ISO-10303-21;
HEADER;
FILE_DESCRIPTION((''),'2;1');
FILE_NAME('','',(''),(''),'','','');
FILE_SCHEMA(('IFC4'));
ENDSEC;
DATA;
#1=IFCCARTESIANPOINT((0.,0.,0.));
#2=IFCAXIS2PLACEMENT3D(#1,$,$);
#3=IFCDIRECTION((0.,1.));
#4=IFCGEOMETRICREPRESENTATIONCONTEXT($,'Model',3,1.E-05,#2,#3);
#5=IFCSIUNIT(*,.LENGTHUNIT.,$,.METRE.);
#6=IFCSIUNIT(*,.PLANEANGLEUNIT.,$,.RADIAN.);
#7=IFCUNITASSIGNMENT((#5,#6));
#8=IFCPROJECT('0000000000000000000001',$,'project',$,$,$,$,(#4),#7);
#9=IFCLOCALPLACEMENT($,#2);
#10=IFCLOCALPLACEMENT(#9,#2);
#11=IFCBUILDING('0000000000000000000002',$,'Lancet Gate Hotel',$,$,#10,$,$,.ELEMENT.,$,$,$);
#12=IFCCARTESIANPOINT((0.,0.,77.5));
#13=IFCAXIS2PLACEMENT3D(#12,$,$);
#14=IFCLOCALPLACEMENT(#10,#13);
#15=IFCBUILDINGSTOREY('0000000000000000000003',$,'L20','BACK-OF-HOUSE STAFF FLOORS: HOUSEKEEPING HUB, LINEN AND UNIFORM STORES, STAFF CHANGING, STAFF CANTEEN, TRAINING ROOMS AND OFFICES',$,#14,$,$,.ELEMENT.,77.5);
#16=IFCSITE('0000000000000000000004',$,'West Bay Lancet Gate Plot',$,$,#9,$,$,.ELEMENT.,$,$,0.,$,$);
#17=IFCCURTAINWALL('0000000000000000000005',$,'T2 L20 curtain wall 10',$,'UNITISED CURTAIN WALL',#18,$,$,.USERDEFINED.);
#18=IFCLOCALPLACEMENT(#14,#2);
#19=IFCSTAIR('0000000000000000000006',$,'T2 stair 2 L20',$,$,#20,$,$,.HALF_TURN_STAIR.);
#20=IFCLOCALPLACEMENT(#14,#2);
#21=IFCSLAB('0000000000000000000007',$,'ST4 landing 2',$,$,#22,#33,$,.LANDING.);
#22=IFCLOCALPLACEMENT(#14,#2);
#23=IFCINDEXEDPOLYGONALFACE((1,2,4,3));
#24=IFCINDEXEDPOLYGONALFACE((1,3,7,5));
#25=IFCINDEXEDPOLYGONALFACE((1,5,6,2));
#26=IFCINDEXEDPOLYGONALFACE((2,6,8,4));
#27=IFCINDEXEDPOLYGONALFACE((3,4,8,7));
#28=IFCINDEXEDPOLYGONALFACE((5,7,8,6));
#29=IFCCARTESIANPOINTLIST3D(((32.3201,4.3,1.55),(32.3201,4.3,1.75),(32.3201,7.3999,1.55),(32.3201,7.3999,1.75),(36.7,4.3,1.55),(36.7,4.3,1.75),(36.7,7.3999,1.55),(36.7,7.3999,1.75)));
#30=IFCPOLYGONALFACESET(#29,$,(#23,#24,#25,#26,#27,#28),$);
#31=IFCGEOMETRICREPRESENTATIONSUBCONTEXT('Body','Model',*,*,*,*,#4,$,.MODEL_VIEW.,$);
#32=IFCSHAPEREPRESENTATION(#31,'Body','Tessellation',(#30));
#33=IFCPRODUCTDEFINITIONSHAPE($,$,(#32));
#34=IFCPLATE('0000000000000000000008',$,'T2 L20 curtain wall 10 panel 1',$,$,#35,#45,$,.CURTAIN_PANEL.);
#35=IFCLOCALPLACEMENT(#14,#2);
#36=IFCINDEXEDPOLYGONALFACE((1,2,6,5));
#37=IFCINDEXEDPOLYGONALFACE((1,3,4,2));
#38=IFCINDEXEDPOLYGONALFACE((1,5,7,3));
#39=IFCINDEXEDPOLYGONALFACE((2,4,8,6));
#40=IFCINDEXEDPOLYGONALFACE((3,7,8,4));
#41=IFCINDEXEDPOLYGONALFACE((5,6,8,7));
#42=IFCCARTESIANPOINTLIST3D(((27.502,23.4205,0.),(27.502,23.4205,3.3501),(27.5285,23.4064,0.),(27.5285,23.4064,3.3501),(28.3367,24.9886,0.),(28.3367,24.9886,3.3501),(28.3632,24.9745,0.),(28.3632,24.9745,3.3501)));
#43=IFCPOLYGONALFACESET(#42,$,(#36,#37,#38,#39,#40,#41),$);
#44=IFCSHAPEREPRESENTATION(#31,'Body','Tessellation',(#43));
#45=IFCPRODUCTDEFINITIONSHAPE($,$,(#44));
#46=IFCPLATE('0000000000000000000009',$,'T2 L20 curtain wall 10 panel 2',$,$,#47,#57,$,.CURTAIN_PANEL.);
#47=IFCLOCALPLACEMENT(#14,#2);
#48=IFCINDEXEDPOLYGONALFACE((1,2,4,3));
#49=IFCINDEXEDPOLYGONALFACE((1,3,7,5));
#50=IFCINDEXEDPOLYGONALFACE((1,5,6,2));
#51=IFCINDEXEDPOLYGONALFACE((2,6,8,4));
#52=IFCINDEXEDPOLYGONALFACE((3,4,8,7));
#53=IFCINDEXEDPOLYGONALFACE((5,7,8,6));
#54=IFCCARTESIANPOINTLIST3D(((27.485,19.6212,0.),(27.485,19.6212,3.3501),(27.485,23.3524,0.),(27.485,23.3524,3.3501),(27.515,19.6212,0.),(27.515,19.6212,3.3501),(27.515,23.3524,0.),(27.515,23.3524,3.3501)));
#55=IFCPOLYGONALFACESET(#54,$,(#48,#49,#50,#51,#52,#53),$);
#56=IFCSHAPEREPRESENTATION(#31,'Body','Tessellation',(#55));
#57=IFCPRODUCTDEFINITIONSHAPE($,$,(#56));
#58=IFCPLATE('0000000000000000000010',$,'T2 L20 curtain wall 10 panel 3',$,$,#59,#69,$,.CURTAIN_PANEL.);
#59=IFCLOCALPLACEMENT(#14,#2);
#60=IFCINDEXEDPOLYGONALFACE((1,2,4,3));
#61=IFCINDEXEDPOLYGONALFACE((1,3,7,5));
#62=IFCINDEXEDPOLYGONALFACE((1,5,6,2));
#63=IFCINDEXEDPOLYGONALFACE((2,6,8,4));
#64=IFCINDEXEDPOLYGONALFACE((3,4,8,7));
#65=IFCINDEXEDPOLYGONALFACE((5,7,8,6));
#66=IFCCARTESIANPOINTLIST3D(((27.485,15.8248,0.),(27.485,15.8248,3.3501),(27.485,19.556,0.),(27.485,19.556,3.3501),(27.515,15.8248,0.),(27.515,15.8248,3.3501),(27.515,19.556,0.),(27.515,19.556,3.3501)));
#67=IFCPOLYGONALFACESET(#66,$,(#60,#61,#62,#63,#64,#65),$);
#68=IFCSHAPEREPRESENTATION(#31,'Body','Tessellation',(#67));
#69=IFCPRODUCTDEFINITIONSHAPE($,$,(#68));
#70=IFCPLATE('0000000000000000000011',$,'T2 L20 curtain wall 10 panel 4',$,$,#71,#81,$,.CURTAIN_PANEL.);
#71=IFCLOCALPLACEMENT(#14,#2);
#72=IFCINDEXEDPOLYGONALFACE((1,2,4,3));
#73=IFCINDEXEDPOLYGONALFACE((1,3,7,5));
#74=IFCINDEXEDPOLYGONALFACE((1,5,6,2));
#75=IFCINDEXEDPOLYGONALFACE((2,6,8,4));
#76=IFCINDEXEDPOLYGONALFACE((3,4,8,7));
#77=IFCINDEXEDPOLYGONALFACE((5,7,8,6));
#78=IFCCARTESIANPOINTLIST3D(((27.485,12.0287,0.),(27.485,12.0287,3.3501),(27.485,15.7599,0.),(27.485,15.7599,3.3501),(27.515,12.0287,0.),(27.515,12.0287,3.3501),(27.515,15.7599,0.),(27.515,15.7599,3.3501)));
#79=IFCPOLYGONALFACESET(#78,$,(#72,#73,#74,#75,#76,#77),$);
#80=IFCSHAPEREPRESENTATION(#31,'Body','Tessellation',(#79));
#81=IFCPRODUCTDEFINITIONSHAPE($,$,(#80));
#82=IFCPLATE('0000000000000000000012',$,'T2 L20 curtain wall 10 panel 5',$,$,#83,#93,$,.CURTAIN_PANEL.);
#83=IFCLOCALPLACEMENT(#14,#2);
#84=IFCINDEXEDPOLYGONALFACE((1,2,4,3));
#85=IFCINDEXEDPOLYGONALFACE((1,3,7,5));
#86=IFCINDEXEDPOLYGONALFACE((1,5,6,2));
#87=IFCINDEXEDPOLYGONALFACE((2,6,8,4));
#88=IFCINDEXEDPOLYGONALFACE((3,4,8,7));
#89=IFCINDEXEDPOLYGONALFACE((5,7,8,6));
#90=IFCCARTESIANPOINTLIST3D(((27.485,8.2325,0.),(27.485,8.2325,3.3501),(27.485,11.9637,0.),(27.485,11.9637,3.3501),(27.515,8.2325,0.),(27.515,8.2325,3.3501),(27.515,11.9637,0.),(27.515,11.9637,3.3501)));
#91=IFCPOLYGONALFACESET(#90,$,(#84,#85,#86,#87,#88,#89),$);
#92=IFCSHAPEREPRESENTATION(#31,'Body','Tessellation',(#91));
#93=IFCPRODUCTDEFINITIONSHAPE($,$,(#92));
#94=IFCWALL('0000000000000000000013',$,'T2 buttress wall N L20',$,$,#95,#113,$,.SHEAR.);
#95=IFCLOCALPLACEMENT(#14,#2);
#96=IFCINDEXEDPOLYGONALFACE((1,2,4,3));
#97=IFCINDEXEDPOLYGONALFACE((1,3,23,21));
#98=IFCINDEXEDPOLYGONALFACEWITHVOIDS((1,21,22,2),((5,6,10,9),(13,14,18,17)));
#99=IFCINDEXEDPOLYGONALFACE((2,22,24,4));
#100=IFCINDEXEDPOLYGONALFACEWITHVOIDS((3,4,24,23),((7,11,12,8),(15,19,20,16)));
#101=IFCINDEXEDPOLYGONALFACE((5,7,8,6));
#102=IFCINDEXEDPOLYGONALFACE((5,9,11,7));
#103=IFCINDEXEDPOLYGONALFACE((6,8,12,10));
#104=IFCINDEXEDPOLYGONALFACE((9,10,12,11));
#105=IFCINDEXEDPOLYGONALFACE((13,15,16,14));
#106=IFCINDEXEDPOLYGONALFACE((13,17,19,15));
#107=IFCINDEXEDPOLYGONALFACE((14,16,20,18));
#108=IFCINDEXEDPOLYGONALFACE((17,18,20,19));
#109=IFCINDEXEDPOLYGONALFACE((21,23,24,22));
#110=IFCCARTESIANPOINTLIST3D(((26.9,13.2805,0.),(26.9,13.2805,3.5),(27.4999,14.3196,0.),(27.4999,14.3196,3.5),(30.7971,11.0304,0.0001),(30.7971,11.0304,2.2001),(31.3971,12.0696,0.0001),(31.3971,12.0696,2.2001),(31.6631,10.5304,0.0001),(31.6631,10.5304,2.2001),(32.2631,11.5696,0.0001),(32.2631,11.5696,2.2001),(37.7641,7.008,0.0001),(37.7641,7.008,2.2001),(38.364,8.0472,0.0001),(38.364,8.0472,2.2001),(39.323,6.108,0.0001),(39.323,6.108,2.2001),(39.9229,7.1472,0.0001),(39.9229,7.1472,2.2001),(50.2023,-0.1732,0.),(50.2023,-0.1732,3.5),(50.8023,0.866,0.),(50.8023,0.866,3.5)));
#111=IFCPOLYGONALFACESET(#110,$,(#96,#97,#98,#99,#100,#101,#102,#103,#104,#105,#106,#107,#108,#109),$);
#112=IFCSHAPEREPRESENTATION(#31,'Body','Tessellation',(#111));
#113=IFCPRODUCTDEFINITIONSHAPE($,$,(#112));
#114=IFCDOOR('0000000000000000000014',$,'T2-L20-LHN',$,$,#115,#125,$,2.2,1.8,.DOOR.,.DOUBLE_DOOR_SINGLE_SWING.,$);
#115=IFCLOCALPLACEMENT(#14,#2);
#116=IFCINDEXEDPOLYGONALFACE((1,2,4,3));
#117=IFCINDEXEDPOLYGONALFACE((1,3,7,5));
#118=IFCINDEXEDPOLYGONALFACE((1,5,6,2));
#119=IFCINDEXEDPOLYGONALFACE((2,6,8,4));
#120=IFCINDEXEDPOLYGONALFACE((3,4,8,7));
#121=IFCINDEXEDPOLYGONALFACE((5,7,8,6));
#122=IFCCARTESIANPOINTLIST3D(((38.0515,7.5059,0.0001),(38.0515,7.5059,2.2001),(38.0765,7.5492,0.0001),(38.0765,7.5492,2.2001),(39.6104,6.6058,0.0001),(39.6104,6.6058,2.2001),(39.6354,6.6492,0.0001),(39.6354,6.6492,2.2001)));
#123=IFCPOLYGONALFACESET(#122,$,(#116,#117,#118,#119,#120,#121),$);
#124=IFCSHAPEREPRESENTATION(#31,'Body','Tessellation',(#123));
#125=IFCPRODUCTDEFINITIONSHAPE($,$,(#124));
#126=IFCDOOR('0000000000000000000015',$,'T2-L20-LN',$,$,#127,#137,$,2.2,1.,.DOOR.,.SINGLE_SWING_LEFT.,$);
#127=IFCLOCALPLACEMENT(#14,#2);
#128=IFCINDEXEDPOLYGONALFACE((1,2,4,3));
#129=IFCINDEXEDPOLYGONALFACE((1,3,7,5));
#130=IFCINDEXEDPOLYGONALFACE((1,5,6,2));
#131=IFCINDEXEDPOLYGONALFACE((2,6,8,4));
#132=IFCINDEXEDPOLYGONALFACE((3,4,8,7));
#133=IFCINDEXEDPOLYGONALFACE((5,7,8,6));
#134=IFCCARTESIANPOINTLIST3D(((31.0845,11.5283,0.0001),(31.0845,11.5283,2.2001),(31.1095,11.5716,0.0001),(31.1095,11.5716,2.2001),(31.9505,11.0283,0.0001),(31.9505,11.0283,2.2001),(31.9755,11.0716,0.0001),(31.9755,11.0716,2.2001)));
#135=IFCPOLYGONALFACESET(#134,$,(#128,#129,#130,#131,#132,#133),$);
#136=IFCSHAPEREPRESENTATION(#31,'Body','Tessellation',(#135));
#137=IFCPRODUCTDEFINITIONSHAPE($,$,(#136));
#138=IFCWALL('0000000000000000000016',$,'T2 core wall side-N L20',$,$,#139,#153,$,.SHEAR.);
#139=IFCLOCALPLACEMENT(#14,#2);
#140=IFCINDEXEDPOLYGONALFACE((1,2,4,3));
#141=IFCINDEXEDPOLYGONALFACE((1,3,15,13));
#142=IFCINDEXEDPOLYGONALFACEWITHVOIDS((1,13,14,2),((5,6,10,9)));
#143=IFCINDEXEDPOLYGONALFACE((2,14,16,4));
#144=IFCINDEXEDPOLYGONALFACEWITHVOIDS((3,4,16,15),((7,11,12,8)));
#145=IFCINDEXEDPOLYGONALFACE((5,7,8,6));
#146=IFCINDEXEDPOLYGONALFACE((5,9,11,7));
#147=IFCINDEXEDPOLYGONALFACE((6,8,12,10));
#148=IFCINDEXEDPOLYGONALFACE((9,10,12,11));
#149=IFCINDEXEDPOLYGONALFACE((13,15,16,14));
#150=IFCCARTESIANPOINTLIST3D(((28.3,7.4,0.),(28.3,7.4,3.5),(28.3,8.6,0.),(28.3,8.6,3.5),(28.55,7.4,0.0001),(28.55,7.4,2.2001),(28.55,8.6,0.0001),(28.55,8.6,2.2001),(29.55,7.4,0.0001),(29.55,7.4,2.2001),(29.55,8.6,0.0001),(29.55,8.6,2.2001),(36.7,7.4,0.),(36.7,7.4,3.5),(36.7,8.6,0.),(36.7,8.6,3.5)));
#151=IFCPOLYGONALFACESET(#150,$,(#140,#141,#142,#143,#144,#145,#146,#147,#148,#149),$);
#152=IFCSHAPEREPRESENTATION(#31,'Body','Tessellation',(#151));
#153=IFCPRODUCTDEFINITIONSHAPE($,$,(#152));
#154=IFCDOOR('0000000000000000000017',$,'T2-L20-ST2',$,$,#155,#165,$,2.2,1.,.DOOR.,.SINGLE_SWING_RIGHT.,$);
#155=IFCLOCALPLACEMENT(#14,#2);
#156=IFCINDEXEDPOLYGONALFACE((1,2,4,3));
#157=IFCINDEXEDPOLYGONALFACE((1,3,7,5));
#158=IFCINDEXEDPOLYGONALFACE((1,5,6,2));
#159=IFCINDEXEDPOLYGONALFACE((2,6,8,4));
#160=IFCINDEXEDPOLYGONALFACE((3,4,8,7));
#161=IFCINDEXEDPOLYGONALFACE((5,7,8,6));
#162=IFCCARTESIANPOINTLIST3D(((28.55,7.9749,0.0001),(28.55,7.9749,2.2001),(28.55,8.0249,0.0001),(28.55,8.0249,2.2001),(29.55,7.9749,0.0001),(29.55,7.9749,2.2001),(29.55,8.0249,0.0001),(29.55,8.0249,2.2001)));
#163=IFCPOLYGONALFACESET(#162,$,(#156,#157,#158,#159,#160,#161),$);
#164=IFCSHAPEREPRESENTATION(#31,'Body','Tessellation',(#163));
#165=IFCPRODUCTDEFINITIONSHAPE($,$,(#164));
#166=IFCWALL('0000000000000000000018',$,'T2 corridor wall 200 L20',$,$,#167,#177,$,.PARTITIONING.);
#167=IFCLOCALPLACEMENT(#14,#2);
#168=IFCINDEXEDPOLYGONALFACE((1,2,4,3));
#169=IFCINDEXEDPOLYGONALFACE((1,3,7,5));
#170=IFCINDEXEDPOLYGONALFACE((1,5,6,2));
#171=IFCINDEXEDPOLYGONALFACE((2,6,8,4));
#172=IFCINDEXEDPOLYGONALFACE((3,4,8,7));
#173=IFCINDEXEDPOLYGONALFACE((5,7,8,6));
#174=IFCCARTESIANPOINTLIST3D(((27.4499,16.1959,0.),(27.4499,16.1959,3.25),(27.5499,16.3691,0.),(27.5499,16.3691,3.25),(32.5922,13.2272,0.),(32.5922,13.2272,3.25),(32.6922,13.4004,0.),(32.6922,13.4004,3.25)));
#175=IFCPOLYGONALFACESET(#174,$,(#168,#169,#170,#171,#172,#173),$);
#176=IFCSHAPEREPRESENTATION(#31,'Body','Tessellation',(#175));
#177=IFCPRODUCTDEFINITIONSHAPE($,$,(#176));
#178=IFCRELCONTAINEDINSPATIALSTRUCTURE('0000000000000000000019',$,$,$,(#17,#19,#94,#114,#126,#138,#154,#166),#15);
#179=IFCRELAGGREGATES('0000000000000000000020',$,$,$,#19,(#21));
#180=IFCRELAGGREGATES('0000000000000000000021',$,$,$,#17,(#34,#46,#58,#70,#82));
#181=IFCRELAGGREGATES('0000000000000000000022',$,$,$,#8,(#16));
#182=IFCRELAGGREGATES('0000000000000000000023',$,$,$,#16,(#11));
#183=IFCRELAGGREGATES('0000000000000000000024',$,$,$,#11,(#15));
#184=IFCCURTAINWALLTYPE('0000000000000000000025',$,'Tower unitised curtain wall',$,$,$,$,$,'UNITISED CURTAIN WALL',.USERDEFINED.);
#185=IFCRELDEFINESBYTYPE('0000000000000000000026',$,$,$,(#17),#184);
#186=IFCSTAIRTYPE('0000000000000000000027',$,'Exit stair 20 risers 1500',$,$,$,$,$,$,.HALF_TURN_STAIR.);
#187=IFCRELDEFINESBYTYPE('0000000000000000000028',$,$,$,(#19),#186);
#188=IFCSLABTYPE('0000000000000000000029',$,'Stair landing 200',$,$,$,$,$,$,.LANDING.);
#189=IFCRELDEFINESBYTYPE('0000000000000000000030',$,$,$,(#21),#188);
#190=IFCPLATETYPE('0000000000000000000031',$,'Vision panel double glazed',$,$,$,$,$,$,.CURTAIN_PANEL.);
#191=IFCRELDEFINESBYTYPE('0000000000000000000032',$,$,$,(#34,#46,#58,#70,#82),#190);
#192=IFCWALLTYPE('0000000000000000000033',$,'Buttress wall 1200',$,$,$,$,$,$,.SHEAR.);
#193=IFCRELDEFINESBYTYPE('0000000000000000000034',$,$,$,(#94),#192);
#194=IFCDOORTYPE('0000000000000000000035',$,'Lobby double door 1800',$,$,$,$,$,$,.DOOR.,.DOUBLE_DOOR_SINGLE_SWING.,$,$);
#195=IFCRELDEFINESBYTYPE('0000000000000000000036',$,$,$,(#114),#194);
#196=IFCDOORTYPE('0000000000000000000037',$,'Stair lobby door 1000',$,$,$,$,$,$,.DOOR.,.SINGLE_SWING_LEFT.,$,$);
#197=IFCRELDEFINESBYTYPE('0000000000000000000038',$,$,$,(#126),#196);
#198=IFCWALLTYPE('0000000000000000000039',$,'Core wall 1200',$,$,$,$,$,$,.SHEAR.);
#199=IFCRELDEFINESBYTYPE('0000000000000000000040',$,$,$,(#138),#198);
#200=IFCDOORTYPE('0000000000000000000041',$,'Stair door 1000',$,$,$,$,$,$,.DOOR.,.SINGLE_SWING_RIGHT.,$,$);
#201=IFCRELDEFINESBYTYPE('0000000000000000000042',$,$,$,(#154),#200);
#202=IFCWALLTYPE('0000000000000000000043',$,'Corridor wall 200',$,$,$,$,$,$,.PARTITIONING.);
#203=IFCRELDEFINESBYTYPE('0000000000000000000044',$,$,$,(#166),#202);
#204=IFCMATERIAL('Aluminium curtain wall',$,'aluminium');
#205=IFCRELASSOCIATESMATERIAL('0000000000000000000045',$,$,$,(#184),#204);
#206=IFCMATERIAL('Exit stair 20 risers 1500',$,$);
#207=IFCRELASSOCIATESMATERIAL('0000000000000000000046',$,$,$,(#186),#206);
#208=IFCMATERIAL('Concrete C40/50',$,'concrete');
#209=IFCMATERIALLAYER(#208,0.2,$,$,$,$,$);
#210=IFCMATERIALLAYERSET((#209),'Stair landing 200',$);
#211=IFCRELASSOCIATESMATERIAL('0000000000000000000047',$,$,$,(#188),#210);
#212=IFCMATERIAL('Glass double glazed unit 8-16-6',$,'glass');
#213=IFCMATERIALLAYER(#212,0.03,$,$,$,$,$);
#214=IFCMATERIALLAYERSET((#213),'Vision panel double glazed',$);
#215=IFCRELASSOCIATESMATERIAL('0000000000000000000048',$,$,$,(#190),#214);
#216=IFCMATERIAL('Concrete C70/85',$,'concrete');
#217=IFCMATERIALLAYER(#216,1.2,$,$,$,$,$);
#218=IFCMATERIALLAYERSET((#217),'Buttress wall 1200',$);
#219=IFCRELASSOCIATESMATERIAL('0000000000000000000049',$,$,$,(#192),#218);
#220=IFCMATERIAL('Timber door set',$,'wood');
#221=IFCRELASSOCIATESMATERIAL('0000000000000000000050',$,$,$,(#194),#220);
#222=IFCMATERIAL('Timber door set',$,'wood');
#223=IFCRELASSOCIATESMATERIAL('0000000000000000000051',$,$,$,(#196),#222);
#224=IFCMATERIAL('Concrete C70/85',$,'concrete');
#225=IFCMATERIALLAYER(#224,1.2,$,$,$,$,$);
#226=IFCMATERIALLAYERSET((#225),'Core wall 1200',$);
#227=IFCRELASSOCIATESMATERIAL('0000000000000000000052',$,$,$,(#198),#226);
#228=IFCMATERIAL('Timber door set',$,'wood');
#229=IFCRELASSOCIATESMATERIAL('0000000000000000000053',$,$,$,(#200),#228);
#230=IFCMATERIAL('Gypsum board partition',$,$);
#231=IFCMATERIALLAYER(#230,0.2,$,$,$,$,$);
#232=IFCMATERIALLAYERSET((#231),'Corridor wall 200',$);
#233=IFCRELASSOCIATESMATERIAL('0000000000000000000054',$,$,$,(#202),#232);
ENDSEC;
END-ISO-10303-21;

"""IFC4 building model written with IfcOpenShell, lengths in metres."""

from ifc_helpers import new_model, si_unit, direction, frame, frame_2d, origin, origin_2d, place, context, subcontext, project, spatial, polyline, rectangle, outline, extrude, material, layer, layer_set, type_object, element, fill, aggregate, save


model = new_model("IFC4")

# Units and contexts
model_context = context("Model", 3, precision=1e-05, world=origin(), true_north=direction((0.0, 1.0)))
body_context = subcontext(model_context, "Body", "Model", "MODEL_VIEW")
ifc_project = project(units=[si_unit("LENGTHUNIT", "METRE"), si_unit("PLANEANGLEUNIT", "RADIAN")], contexts=[model_context])

# Site, building, storey
site_placement = place(None, origin())
site = spatial("IfcSite", under=ifc_project, at=site_placement, Name="West Bay Lancet Gate Plot", CompositionType="ELEMENT", RefElevation=0.0)
building_placement = place(site_placement, origin())
building = spatial("IfcBuilding", under=site, at=building_placement, Name="Lancet Gate Hotel", CompositionType="ELEMENT")
storey_placement = place(building_placement, frame((0.0, 0.0, 77.5)))
storey = spatial("IfcBuildingStorey", under=building, at=storey_placement, Name="L20", Description="BACK-OF-HOUSE STAFF FLOORS: HOUSEKEEPING HUB, LINEN AND UNIFORM STORES, STAFF CHANGING, STAFF CANTEEN, TRAINING ROOMS AND OFFICES", CompositionType="ELEMENT", Elevation=77.5)

# Curtain wall
ifc_material_1 = material(Name="Aluminium curtain wall", Category="aluminium")
curtain_wall_type = type_object("IfcCurtainWallType", Name="Tower unitised curtain wall", ElementType="UNITISED CURTAIN WALL", PredefinedType="USERDEFINED", material=ifc_material_1)
curtain_wall_placement = place(storey_placement, origin())
curtain_wall = element("IfcCurtainWall", 1, at=curtain_wall_placement, inside=storey, type_object=curtain_wall_type, Name="T2 L20 curtain wall 10", ObjectType="UNITISED CURTAIN WALL", PredefinedType="USERDEFINED")

# Shared definitions
ifc_material_2 = material(Name="Exit stair 20 risers 1500")
stair_type = type_object("IfcStairType", Name="Exit stair 20 risers 1500", PredefinedType="HALF_TURN_STAIR", material=ifc_material_2)
ifc_material_3 = material(Name="Concrete C40/50", Category="concrete")
ifc_layer_1 = layer(ifc_material_3, 0.2)
ifc_layer_set_1 = layer_set([ifc_layer_1], Name="Stair landing 200")
slab_type = type_object("IfcSlabType", Name="Stair landing 200", PredefinedType="LANDING", material=ifc_layer_set_1)

# Stair, slab
stair_1_placement = place(storey_placement, origin())
stair_1 = element("IfcStair", 2, at=stair_1_placement, inside=storey, type_object=stair_type, Name="T2 stair 2 L20", PredefinedType="HALF_TURN_STAIR")
slab_1_placement = place(storey_placement, frame((0.0, 0.0, 1.55)))
slab_1 = element("IfcSlab", 3, at=slab_1_placement, type_object=slab_type, Name="ST4 landing 2", PredefinedType="LANDING", context=body_context, shape_type="SweptSolid", body=[
    extrude(outline(polyline([(32.3201, 4.3), (36.7, 4.3), (36.7, 7.3999), (32.3201, 7.3999), (32.3201, 4.3)])), origin(), (0.0, 0.0, 1.0), 0.2),
])
aggregate(stair_1, [slab_1])

# Plates
ifc_material_4 = material(Name="Glass double glazed unit 8-16-6", Category="glass")
ifc_layer_2 = layer(ifc_material_4, 0.03)
ifc_layer_set_2 = layer_set([ifc_layer_2], Name="Vision panel double glazed")
plate_type = type_object("IfcPlateType", Name="Vision panel double glazed", PredefinedType="CURTAIN_PANEL", material=ifc_layer_set_2)
plate_1_placement = place(storey_placement, frame((27.9326, 24.1975, 0.0), z_axis=(0.0, 0.0, 1.0), x_axis=(-0.469898, -0.882721, 0.0)))
plate_1 = element("IfcPlate", 4, at=plate_1_placement, type_object=plate_type, Name="T2 L20 curtain wall 10 panel 1", PredefinedType="CURTAIN_PANEL", context=body_context, shape_type="SweptSolid", body=[
    extrude(rectangle(XDim=1.7764, YDim=0.03, at=origin_2d()), origin(), (0.0, 0.0, 1.0), 3.3501),
])
plate_2_placement = place(storey_placement, frame((27.5, 21.4868, 0.0), z_axis=(0.0, 0.0, 1.0), x_axis=(0.0, -1.0, 0.0)))
plate_2 = element("IfcPlate", 5, at=plate_2_placement, type_object=plate_type, Name="T2 L20 curtain wall 10 panel 2", PredefinedType="CURTAIN_PANEL", context=body_context, shape_type="SweptSolid", body=[
    extrude(rectangle(XDim=3.7312, YDim=0.03, at=origin_2d()), origin(), (0.0, 0.0, 1.0), 3.3501),
])
plate_3_placement = place(storey_placement, frame((27.5, 17.6904, 0.0), z_axis=(0.0, 0.0, 1.0), x_axis=(0.0, -1.0, 0.0)))
plate_3 = element("IfcPlate", 6, at=plate_3_placement, type_object=plate_type, Name="T2 L20 curtain wall 10 panel 3", PredefinedType="CURTAIN_PANEL", context=body_context, shape_type="SweptSolid", body=[
    extrude(rectangle(XDim=3.7312, YDim=0.03, at=origin_2d()), origin(), (0.0, 0.0, 1.0), 3.3501),
])
plate_4_placement = place(storey_placement, frame((27.5, 13.8943, 0.0), z_axis=(0.0, 0.0, 1.0), x_axis=(0.0, -1.0, 0.0)))
plate_4 = element("IfcPlate", 7, at=plate_4_placement, type_object=plate_type, Name="T2 L20 curtain wall 10 panel 4", PredefinedType="CURTAIN_PANEL", context=body_context, shape_type="SweptSolid", body=[
    extrude(rectangle(XDim=3.7312, YDim=0.03, at=origin_2d()), origin(), (0.0, 0.0, 1.0), 3.3501),
])
plate_5_placement = place(storey_placement, frame((27.5, 10.0981, 0.0), z_axis=(0.0, 0.0, 1.0), x_axis=(0.0, -1.0, 0.0)))
plate_5 = element("IfcPlate", 8, at=plate_5_placement, type_object=plate_type, Name="T2 L20 curtain wall 10 panel 5", PredefinedType="CURTAIN_PANEL", context=body_context, shape_type="SweptSolid", body=[
    extrude(rectangle(XDim=3.7312, YDim=0.03, at=origin_2d()), origin(), (0.0, 0.0, 1.0), 3.3501),
])
aggregate(curtain_wall, [plate_1, plate_2, plate_3, plate_4, plate_5])

# Wall, openings, doors
ifc_material_5 = material(Name="Concrete C70/85", Category="concrete")
ifc_layer_3 = layer(ifc_material_5, 1.2)
ifc_layer_set_3 = layer_set([ifc_layer_3], Name="Buttress wall 1200")
wall_type_1 = type_object("IfcWallType", Name="Buttress wall 1200", PredefinedType="SHEAR", material=ifc_layer_set_3)
wall_1_placement = place(storey_placement, frame((27.2, 13.8, 0.0), z_axis=(0.0, 0.0, 1.0), x_axis=(0.866025, -0.500002, 0.0)))
wall_1 = element("IfcWall", 9, at=wall_1_placement, inside=storey, type_object=wall_type_1, Name="T2 buttress wall N L20", PredefinedType="SHEAR", context=body_context, shape_type="SweptSolid", body=[
    extrude(rectangle(XDim=26.9072, YDim=1.2, at=frame_2d((13.4536, 0.0))), origin(), (0.0, 0.0, 1.0), 3.5),
])
opening_1_placement = place(wall_1_placement, frame((4.5, 0.0, 0.0)))
opening_1 = element("IfcOpeningElement", 10, at=opening_1_placement, cuts=wall_1, PredefinedType="OPENING", context=body_context, shape_type="SweptSolid", body=[
    extrude(rectangle(XDim=1.0, YDim=2.2, at=frame_2d((0.5, 1.1001))), frame((0.0, 0.6099, 0.0), z_axis=(0.0, -1.0, 0.0), x_axis=(1.0, 0.0, 0.0)), (0.0, 0.0, 1.0), 1.22),
])
opening_2_placement = place(wall_1_placement, frame((12.5449, 0.0, 0.0)))
opening_2 = element("IfcOpeningElement", 11, at=opening_2_placement, cuts=wall_1, PredefinedType="OPENING", context=body_context, shape_type="SweptSolid", body=[
    extrude(rectangle(XDim=1.8, YDim=2.2, at=frame_2d((0.8999, 1.1001))), frame((0.0, 0.6099, 0.0), z_axis=(0.0, -1.0, 0.0), x_axis=(1.0, 0.0, 0.0)), (0.0, 0.0, 1.0), 1.22),
])
ifc_material_6 = material(Name="Timber door set", Category="wood")
door_type_1 = type_object("IfcDoorType", Name="Lobby double door 1800", OperationType="DOUBLE_DOOR_SINGLE_SWING", PredefinedType="DOOR", material=ifc_material_6)
door_1_placement = place(opening_2_placement, origin())
door_1 = element("IfcDoor", 12, at=door_1_placement, inside=storey, type_object=door_type_1, Name="T2-L20-LHN", OperationType="DOUBLE_DOOR_SINGLE_SWING", OverallHeight=2.2, OverallWidth=1.8, PredefinedType="DOOR", context=body_context, shape_type="SweptSolid", body=[
    extrude(rectangle(XDim=1.8, YDim=2.2, at=frame_2d((0.8999, 1.1001))), frame((0.0, 0.0249, 0.0), z_axis=(0.0, -1.0, 0.0), x_axis=(1.0, 0.0, 0.0)), (0.0, 0.0, 1.0), 0.05),
])
fill(opening_2, door_1)
ifc_material_7 = material(Name="Timber door set", Category="wood")
door_type_2 = type_object("IfcDoorType", Name="Stair lobby door 1000", OperationType="SINGLE_SWING_LEFT", PredefinedType="DOOR", material=ifc_material_7)
door_2_placement = place(opening_1_placement, origin())
door_2 = element("IfcDoor", 13, at=door_2_placement, inside=storey, type_object=door_type_2, Name="T2-L20-LN", OperationType="SINGLE_SWING_LEFT", OverallHeight=2.2, OverallWidth=1.0, PredefinedType="DOOR", context=body_context, shape_type="SweptSolid", body=[
    extrude(rectangle(XDim=1.0, YDim=2.2, at=frame_2d((0.5, 1.1001))), frame((0.0, 0.0249, 0.0), z_axis=(0.0, -1.0, 0.0), x_axis=(1.0, 0.0, 0.0)), (0.0, 0.0, 1.0), 0.05),
])
fill(opening_1, door_2)

# Wall, opening, door
ifc_material_8 = material(Name="Concrete C70/85", Category="concrete")
ifc_layer_4 = layer(ifc_material_8, 1.2)
ifc_layer_set_4 = layer_set([ifc_layer_4], Name="Core wall 1200")
wall_type_2 = type_object("IfcWallType", Name="Core wall 1200", PredefinedType="SHEAR", material=ifc_layer_set_4)
wall_2_placement = place(storey_placement, frame((28.3, 8.0, 0.0), z_axis=(0.0, 0.0, 1.0), x_axis=(1.0, 0.0, 0.0)))
wall_2 = element("IfcWall", 14, at=wall_2_placement, inside=storey, type_object=wall_type_2, Name="T2 core wall side-N L20", PredefinedType="SHEAR", context=body_context, shape_type="SweptSolid", body=[
    extrude(rectangle(XDim=8.3999, YDim=1.2, at=frame_2d((4.2, 0.0))), origin(), (0.0, 0.0, 1.0), 3.5),
])
opening_3_placement = place(wall_2_placement, frame((0.25, 0.0, 0.0)))
opening_3 = element("IfcOpeningElement", 15, at=opening_3_placement, cuts=wall_2, PredefinedType="OPENING", context=body_context, shape_type="SweptSolid", body=[
    extrude(rectangle(XDim=1.0, YDim=2.2, at=frame_2d((0.5, 1.1001))), frame((0.0, 0.6099, 0.0), z_axis=(0.0, -1.0, 0.0), x_axis=(1.0, 0.0, 0.0)), (0.0, 0.0, 1.0), 1.22),
])
ifc_material_9 = material(Name="Timber door set", Category="wood")
door_type_3 = type_object("IfcDoorType", Name="Stair door 1000", OperationType="SINGLE_SWING_RIGHT", PredefinedType="DOOR", material=ifc_material_9)
door_3_placement = place(opening_3_placement, origin())
door_3 = element("IfcDoor", 16, at=door_3_placement, inside=storey, type_object=door_type_3, Name="T2-L20-ST2", OperationType="SINGLE_SWING_RIGHT", OverallHeight=2.2, OverallWidth=1.0, PredefinedType="DOOR", context=body_context, shape_type="SweptSolid", body=[
    extrude(rectangle(XDim=1.0, YDim=2.2, at=frame_2d((0.5, 1.1001))), frame((0.0, 0.0249, 0.0), z_axis=(0.0, -1.0, 0.0), x_axis=(1.0, 0.0, 0.0)), (0.0, 0.0, 1.0), 0.05),
])
fill(opening_3, door_3)

# Wall
ifc_material_10 = material(Name="Gypsum board partition")
ifc_layer_5 = layer(ifc_material_10, 0.2)
ifc_layer_set_5 = layer_set([ifc_layer_5], Name="Corridor wall 200")
wall_type_3 = type_object("IfcWallType", Name="Corridor wall 200", PredefinedType="PARTITIONING", material=ifc_layer_set_5)
wall_3_placement = place(storey_placement, frame((27.5, 16.2825, 0.0), z_axis=(0.0, 0.0, 1.0), x_axis=(0.866038, -0.499978, 0.0)))
element("IfcWall", 17, at=wall_3_placement, inside=storey, type_object=wall_type_3, Name="T2 corridor wall 200 L20", PredefinedType="PARTITIONING", context=body_context, shape_type="SweptSolid", body=[
    extrude(rectangle(XDim=5.9377, YDim=0.2, at=frame_2d((2.9688, 0.0))), origin(), (0.0, 0.0, 1.0), 3.25),
])

save(model, "model.ifc")
